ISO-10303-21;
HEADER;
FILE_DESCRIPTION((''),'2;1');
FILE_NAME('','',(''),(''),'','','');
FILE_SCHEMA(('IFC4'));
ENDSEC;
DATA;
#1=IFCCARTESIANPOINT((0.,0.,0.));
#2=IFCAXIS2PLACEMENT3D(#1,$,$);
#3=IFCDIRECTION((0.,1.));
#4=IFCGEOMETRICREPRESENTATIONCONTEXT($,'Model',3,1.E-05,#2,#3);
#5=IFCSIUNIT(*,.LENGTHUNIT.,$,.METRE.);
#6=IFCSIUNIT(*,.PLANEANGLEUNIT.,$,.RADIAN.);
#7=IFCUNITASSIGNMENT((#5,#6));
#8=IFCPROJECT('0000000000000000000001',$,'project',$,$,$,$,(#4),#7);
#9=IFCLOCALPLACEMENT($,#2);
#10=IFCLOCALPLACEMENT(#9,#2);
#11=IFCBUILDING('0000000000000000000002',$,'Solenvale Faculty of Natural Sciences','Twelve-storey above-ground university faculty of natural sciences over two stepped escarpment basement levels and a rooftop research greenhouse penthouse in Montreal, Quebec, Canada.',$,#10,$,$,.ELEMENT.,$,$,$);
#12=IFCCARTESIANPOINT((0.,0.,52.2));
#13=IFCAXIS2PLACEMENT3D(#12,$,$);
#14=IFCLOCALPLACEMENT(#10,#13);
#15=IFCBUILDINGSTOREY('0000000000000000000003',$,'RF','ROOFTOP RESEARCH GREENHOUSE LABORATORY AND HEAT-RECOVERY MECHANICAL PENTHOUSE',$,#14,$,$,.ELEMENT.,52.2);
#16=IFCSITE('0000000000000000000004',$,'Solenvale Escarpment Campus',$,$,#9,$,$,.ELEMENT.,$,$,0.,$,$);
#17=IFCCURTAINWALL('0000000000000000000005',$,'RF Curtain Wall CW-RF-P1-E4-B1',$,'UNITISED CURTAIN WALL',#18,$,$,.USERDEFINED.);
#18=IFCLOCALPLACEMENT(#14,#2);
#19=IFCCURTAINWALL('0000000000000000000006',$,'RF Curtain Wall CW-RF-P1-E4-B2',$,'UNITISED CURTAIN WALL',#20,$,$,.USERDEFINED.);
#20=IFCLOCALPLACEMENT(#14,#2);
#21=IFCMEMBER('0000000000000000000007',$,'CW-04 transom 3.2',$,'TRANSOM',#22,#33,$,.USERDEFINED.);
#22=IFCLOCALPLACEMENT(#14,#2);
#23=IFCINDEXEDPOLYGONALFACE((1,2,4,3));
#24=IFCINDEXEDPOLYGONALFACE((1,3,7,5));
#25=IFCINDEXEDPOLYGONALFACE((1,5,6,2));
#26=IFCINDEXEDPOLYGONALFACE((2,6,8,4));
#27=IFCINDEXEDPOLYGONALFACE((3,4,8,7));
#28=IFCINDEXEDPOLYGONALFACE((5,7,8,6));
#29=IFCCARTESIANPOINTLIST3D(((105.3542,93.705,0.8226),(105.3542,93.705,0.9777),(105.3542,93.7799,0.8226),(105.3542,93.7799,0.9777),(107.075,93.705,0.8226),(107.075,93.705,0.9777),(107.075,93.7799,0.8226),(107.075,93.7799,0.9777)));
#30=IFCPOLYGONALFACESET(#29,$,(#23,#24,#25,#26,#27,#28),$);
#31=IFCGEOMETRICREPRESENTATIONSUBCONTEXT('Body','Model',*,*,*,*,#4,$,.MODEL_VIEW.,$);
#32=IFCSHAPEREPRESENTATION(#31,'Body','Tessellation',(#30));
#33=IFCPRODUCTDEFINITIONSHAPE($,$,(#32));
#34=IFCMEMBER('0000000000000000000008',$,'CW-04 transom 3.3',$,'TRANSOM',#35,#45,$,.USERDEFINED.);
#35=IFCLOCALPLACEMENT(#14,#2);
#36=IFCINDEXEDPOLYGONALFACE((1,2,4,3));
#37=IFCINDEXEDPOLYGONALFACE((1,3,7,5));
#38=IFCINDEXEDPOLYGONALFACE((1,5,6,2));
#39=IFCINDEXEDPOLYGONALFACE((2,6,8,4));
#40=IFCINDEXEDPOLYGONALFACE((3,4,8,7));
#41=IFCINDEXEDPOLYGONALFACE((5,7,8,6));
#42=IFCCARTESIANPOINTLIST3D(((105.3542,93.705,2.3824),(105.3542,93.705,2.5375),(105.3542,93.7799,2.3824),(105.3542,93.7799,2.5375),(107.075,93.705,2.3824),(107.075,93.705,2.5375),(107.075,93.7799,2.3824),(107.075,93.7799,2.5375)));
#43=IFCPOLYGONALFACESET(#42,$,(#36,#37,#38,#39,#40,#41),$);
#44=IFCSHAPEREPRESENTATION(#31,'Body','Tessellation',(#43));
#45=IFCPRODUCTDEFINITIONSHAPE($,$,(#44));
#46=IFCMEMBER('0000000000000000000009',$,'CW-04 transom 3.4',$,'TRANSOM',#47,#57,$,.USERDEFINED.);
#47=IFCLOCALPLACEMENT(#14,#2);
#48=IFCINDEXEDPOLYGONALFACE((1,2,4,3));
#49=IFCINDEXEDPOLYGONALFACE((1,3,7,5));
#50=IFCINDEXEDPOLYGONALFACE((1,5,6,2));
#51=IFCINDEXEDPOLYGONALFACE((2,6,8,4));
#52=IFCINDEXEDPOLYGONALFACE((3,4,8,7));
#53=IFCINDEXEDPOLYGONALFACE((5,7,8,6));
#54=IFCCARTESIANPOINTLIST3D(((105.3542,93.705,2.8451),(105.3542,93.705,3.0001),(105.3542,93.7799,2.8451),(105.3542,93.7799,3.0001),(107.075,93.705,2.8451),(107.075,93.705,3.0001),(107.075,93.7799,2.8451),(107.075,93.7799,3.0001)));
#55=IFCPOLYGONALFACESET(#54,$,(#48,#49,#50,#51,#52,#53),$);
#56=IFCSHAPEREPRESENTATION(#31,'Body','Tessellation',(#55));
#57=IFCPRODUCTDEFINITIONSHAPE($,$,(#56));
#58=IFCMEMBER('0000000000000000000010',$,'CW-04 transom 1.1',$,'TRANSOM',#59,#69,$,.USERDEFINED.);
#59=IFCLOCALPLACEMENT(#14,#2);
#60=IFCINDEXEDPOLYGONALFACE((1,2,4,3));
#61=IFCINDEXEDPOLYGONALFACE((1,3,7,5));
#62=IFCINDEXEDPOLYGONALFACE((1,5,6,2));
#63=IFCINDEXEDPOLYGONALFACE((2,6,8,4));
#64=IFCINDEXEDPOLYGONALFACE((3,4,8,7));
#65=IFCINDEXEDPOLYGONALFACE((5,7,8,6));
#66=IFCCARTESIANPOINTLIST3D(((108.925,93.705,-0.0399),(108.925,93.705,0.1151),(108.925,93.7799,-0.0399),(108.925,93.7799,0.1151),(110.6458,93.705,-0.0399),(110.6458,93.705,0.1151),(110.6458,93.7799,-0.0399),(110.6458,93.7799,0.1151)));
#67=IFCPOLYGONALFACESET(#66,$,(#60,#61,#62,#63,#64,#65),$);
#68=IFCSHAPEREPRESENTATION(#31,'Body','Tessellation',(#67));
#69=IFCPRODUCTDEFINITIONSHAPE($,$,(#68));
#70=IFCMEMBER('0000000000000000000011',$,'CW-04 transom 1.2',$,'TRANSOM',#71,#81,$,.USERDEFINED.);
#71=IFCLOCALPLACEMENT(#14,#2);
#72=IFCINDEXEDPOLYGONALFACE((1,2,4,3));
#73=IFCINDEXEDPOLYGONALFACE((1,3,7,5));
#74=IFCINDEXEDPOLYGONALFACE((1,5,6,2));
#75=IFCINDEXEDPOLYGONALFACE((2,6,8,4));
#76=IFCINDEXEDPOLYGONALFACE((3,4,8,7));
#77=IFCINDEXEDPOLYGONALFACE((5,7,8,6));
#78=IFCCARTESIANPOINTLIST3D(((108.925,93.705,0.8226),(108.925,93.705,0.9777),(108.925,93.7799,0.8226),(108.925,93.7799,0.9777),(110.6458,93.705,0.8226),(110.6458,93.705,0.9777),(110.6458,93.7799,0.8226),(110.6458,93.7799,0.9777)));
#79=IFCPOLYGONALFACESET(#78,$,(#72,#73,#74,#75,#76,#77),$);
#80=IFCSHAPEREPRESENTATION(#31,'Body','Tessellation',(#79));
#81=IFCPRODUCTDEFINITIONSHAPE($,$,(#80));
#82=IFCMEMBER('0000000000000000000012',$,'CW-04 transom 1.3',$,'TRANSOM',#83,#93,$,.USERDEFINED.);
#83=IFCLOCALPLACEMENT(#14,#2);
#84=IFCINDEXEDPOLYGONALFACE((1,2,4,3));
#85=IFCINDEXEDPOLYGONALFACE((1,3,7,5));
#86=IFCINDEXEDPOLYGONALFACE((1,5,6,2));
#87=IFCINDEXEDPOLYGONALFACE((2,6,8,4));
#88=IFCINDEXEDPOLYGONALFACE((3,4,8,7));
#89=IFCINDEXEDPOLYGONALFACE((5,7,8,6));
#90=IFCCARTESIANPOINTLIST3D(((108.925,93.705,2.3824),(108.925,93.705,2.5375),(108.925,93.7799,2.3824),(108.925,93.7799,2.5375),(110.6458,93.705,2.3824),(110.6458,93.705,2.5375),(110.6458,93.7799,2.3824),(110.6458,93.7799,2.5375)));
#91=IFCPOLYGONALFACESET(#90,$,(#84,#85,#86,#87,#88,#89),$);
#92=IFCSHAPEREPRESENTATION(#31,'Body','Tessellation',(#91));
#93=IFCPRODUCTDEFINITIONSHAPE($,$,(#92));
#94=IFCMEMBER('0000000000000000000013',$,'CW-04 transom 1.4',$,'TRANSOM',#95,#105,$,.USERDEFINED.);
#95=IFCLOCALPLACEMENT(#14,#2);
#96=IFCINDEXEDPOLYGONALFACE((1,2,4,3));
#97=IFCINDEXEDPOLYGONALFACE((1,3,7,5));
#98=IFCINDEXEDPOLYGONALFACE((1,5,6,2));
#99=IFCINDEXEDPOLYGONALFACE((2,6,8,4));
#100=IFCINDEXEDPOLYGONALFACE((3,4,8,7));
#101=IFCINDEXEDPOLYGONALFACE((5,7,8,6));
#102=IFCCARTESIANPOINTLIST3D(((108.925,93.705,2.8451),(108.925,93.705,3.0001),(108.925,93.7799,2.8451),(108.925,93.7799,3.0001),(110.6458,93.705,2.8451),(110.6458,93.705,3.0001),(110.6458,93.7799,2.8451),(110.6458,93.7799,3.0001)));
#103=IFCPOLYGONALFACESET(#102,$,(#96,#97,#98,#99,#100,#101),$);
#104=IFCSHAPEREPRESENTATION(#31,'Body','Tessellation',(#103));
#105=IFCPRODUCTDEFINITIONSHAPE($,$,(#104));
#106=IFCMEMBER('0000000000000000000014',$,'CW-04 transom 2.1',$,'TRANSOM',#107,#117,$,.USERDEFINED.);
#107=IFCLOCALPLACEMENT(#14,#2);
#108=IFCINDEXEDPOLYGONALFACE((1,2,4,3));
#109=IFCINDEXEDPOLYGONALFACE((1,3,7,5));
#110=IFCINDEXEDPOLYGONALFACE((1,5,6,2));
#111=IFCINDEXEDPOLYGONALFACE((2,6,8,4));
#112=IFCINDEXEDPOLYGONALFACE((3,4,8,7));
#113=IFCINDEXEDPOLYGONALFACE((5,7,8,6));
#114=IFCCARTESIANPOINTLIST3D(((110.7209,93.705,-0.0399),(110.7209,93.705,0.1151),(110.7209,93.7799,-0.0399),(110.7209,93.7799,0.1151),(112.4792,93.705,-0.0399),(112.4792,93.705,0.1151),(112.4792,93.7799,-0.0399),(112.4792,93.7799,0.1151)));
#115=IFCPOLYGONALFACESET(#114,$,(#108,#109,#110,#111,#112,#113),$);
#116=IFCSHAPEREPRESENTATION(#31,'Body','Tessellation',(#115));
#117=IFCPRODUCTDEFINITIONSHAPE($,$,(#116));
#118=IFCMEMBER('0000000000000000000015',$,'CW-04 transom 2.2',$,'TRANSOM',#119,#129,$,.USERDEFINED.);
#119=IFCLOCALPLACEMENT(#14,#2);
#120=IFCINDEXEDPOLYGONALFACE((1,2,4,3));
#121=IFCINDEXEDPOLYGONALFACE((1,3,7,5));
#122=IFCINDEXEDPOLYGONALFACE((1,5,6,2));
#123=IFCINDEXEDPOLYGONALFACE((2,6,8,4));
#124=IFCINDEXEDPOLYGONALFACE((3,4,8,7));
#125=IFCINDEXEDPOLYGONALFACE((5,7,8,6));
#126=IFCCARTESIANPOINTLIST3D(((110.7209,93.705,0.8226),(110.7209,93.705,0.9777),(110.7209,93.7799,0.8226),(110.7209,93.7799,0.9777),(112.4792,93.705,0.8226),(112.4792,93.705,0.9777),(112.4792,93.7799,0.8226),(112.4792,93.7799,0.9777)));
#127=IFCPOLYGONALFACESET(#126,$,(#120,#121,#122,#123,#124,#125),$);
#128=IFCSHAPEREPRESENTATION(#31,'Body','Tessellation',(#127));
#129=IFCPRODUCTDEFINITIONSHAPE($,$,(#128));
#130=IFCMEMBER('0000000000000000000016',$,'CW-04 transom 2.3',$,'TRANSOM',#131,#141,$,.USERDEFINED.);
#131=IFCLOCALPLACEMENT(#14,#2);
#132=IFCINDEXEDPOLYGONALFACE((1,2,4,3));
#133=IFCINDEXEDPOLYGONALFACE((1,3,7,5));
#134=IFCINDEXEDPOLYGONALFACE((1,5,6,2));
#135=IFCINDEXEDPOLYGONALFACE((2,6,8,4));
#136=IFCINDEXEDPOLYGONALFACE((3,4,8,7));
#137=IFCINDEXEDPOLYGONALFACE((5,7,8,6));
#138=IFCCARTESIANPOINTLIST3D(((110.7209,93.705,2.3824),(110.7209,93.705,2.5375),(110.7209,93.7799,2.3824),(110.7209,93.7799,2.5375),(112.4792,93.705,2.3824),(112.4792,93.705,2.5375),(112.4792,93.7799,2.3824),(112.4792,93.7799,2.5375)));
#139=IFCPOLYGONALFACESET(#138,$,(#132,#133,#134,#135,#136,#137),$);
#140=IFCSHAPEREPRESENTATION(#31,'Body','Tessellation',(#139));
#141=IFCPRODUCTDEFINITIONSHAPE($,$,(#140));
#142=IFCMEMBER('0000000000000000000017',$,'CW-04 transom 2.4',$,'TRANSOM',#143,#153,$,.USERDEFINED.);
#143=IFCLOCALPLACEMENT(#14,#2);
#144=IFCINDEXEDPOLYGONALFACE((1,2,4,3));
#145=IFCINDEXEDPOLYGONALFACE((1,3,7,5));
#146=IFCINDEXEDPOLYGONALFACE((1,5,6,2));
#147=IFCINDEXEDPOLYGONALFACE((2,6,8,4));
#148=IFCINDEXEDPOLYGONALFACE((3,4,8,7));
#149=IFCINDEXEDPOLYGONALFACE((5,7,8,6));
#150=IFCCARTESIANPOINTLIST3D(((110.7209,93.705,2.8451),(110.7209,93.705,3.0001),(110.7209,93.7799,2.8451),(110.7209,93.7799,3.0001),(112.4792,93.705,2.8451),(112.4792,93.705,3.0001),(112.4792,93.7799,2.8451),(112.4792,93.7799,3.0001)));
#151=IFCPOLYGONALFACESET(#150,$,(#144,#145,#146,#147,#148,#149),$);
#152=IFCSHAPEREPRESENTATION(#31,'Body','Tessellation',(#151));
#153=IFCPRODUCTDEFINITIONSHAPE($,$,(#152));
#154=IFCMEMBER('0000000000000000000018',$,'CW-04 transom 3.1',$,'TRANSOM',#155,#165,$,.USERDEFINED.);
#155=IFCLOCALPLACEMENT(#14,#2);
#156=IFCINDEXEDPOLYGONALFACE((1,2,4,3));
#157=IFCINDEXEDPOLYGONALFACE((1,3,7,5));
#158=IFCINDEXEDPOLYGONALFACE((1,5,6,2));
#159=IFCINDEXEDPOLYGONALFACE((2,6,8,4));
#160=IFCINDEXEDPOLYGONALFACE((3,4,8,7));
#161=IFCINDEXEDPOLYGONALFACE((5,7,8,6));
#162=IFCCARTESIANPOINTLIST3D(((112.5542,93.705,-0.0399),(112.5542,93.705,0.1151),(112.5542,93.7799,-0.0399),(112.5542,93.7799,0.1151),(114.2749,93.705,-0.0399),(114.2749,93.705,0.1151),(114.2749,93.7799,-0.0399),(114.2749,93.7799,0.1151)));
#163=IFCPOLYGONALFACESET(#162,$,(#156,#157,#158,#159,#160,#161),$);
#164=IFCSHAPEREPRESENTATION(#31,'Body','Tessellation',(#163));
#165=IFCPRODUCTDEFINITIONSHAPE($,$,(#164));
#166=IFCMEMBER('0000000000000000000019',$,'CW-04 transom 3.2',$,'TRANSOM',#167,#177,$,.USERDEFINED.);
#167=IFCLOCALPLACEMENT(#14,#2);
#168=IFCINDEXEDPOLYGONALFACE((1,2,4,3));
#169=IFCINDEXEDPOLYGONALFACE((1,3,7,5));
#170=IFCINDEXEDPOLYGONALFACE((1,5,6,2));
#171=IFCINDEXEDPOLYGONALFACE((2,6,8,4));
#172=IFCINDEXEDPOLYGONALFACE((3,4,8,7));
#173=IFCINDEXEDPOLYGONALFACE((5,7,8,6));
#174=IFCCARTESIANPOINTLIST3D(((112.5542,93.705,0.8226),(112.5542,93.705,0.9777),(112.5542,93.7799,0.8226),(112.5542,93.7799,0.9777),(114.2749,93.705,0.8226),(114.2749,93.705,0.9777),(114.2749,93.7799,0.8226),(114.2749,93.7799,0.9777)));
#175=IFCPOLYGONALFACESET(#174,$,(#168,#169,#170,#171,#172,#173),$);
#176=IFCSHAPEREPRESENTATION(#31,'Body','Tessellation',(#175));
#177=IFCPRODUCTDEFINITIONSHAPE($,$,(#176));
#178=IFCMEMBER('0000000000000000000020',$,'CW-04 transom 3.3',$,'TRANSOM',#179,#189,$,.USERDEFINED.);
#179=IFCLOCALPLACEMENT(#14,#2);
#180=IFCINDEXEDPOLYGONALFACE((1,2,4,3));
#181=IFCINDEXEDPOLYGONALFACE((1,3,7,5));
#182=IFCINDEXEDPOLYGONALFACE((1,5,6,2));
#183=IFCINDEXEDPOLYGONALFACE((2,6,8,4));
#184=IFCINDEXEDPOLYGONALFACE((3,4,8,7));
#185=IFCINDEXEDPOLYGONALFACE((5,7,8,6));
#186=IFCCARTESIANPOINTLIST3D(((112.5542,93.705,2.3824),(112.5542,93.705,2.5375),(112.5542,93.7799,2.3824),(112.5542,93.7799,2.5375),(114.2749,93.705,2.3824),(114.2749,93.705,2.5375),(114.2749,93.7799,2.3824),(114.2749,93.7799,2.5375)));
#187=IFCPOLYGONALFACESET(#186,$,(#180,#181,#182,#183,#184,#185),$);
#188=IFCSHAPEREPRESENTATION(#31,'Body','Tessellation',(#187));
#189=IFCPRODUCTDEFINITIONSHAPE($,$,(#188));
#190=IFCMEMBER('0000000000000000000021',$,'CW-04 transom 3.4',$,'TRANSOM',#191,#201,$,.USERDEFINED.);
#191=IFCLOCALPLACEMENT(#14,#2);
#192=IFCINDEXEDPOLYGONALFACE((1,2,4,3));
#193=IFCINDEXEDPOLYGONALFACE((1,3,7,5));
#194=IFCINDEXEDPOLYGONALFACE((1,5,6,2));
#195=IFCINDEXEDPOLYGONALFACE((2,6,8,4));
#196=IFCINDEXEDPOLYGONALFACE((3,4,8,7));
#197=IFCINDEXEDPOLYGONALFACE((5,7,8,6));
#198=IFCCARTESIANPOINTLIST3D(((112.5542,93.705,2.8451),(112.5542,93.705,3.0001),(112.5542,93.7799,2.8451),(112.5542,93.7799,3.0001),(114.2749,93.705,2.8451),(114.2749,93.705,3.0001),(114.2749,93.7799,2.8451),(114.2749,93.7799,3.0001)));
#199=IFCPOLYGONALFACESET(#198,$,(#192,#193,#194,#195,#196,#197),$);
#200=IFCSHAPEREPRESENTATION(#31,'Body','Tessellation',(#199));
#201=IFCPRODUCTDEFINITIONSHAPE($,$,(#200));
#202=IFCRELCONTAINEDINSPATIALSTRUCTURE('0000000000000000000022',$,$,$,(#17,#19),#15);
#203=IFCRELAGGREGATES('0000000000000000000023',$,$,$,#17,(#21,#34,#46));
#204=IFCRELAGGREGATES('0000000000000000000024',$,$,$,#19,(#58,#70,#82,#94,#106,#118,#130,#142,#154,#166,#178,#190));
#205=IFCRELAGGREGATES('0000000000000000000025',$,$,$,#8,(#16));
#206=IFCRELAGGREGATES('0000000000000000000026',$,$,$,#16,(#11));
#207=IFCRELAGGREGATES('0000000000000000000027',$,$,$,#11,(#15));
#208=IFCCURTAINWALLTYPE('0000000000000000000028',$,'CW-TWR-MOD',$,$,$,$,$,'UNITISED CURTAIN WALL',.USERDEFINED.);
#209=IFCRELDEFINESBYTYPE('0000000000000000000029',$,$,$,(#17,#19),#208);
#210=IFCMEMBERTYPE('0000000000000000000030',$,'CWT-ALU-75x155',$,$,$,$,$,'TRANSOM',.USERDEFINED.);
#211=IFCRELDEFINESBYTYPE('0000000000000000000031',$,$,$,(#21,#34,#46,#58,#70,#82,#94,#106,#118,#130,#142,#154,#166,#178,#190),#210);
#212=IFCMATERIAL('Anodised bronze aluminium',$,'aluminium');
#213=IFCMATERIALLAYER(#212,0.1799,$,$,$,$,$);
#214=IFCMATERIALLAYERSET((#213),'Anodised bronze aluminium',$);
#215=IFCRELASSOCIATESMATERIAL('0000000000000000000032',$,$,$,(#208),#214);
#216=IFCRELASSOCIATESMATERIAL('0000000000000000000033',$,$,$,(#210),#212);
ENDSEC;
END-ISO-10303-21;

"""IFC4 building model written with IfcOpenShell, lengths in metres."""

from ifc_helpers import new_model, si_unit, direction, frame, origin, origin_2d, place, context, subcontext, project, spatial, rectangle, extrude, material, layer, layer_set, material_profile, profile_set, type_object, element, aggregate, save


model = new_model("IFC4")

# Units and contexts
model_context = context("Model", 3, precision=1e-05, world=origin(), true_north=direction((0.0, 1.0)))
body_context = subcontext(model_context, "Body", "Model", "MODEL_VIEW")
ifc_project = project(units=[si_unit("LENGTHUNIT", "METRE"), si_unit("PLANEANGLEUNIT", "RADIAN")], contexts=[model_context])

# Site, building, storey
site_placement = place(None, origin())
site = spatial("IfcSite", under=ifc_project, at=site_placement, Name="Solenvale Escarpment Campus", CompositionType="ELEMENT", RefElevation=0.0)
building_placement = place(site_placement, origin())
building = spatial("IfcBuilding", under=site, at=building_placement, Name="Solenvale Faculty of Natural Sciences", Description="Twelve-storey above-ground university faculty of natural sciences over two stepped escarpment basement levels and a rooftop research greenhouse penthouse in Montreal, Quebec, Canada.", CompositionType="ELEMENT")
storey_placement = place(building_placement, frame((0.0, 0.0, 52.2)))
storey = spatial("IfcBuildingStorey", under=building, at=storey_placement, Name="RF", Description="ROOFTOP RESEARCH GREENHOUSE LABORATORY AND HEAT-RECOVERY MECHANICAL PENTHOUSE", CompositionType="ELEMENT", Elevation=52.2)

# Curtain walls
ifc_material_1 = material(Name="Anodised bronze aluminium", Category="aluminium")
ifc_layer_1 = layer(ifc_material_1, 0.1799)
ifc_layer_set_1 = layer_set([ifc_layer_1], Name="Anodised bronze aluminium")
curtain_wall_type = type_object("IfcCurtainWallType", Name="CW-TWR-MOD", ElementType="UNITISED CURTAIN WALL", PredefinedType="USERDEFINED", material=ifc_layer_set_1)
curtain_wall_1_placement = place(storey_placement, origin())
curtain_wall_1 = element("IfcCurtainWall", 1, at=curtain_wall_1_placement, inside=storey, type_object=curtain_wall_type, Name="RF Curtain Wall CW-RF-P1-E4-B1", ObjectType="UNITISED CURTAIN WALL", PredefinedType="USERDEFINED")
curtain_wall_2_placement = place(storey_placement, origin())
curtain_wall_2 = element("IfcCurtainWall", 2, at=curtain_wall_2_placement, inside=storey, type_object=curtain_wall_type, Name="RF Curtain Wall CW-RF-P1-E4-B2", ObjectType="UNITISED CURTAIN WALL", PredefinedType="USERDEFINED")

# Members
ifc_material_profile_1 = material_profile(ifc_material_1, rectangle(XDim=0.075, YDim=0.155, at=origin_2d()), Name="ALU-TRN-75x155")
ifc_profile_set_1 = profile_set([ifc_material_profile_1], Name="Anodised bronze aluminium")
member_type_1 = type_object("IfcMemberType", Name="CWT-ALU-75x155", ElementType="TRANSOM", PredefinedType="USERDEFINED", material=ifc_profile_set_1)
member_1_placement = place(storey_placement, frame((105.3542, 93.7424, 0.9001), z_axis=(1.0, 0.0, 0.0), x_axis=(0.0, 1.0, 0.0)))
member_1 = element("IfcMember", 3, at=member_1_placement, type_object=member_type_1, Name="CW-04 transom 3.2", ObjectType="TRANSOM", PredefinedType="USERDEFINED", context=body_context, shape_type="SweptSolid", body=[
    extrude(rectangle(XDim=0.075, YDim=0.155, at=origin_2d()), origin(), (0.0, 0.0, 1.0), 1.7207),
])
member_2_placement = place(storey_placement, frame((105.3542, 93.7424, 2.46), z_axis=(1.0, 0.0, 0.0), x_axis=(0.0, 1.0, 0.0)))
member_2 = element("IfcMember", 4, at=member_2_placement, type_object=member_type_1, Name="CW-04 transom 3.3", ObjectType="TRANSOM", PredefinedType="USERDEFINED", context=body_context, shape_type="SweptSolid", body=[
    extrude(rectangle(XDim=0.075, YDim=0.155, at=origin_2d()), origin(), (0.0, 0.0, 1.0), 1.7207),
])
member_3_placement = place(storey_placement, frame((105.3542, 93.7424, 2.9226), z_axis=(1.0, 0.0, 0.0), x_axis=(0.0, 1.0, 0.0)))
member_3 = element("IfcMember", 5, at=member_3_placement, type_object=member_type_1, Name="CW-04 transom 3.4", ObjectType="TRANSOM", PredefinedType="USERDEFINED", context=body_context, shape_type="SweptSolid", body=[
    extrude(rectangle(XDim=0.075, YDim=0.155, at=origin_2d()), origin(), (0.0, 0.0, 1.0), 1.7207),
])
member_4_placement = place(storey_placement, frame((108.925, 93.7424, 0.0376), z_axis=(1.0, 0.0, 0.0), x_axis=(0.0, 1.0, 0.0)))
member_4 = element("IfcMember", 6, at=member_4_placement, type_object=member_type_1, Name="CW-04 transom 1.1", ObjectType="TRANSOM", PredefinedType="USERDEFINED", context=body_context, shape_type="SweptSolid", body=[
    extrude(rectangle(XDim=0.075, YDim=0.155, at=origin_2d()), origin(), (0.0, 0.0, 1.0), 1.7207),
])
member_5_placement = place(storey_placement, frame((108.925, 93.7424, 0.9001), z_axis=(1.0, 0.0, 0.0), x_axis=(0.0, 1.0, 0.0)))
member_5 = element("IfcMember", 7, at=member_5_placement, type_object=member_type_1, Name="CW-04 transom 1.2", ObjectType="TRANSOM", PredefinedType="USERDEFINED", context=body_context, shape_type="SweptSolid", body=[
    extrude(rectangle(XDim=0.075, YDim=0.155, at=origin_2d()), origin(), (0.0, 0.0, 1.0), 1.7207),
])
member_6_placement = place(storey_placement, frame((108.925, 93.7424, 2.46), z_axis=(1.0, 0.0, 0.0), x_axis=(0.0, 1.0, 0.0)))
member_6 = element("IfcMember", 8, at=member_6_placement, type_object=member_type_1, Name="CW-04 transom 1.3", ObjectType="TRANSOM", PredefinedType="USERDEFINED", context=body_context, shape_type="SweptSolid", body=[
    extrude(rectangle(XDim=0.075, YDim=0.155, at=origin_2d()), origin(), (0.0, 0.0, 1.0), 1.7207),
])
member_7_placement = place(storey_placement, frame((108.925, 93.7424, 2.9226), z_axis=(1.0, 0.0, 0.0), x_axis=(0.0, 1.0, 0.0)))
member_7 = element("IfcMember", 9, at=member_7_placement, type_object=member_type_1, Name="CW-04 transom 1.4", ObjectType="TRANSOM", PredefinedType="USERDEFINED", context=body_context, shape_type="SweptSolid", body=[
    extrude(rectangle(XDim=0.075, YDim=0.155, at=origin_2d()), origin(), (0.0, 0.0, 1.0), 1.7207),
])
member_8_placement = place(storey_placement, frame((110.7209, 93.7424, 0.0376), z_axis=(1.0, 0.0, 0.0), x_axis=(0.0, 1.0, 0.0)))
member_8 = element("IfcMember", 10, at=member_8_placement, type_object=member_type_1, Name="CW-04 transom 2.1", ObjectType="TRANSOM", PredefinedType="USERDEFINED", context=body_context, shape_type="SweptSolid", body=[
    extrude(rectangle(XDim=0.075, YDim=0.155, at=origin_2d()), origin(), (0.0, 0.0, 1.0), 1.7583),
])
member_9_placement = place(storey_placement, frame((110.7209, 93.7424, 0.9001), z_axis=(1.0, 0.0, 0.0), x_axis=(0.0, 1.0, 0.0)))
member_9 = element("IfcMember", 11, at=member_9_placement, type_object=member_type_1, Name="CW-04 transom 2.2", ObjectType="TRANSOM", PredefinedType="USERDEFINED", context=body_context, shape_type="SweptSolid", body=[
    extrude(rectangle(XDim=0.075, YDim=0.155, at=origin_2d()), origin(), (0.0, 0.0, 1.0), 1.7583),
])
member_10_placement = place(storey_placement, frame((110.7209, 93.7424, 2.46), z_axis=(1.0, 0.0, 0.0), x_axis=(0.0, 1.0, 0.0)))
member_10 = element("IfcMember", 12, at=member_10_placement, type_object=member_type_1, Name="CW-04 transom 2.3", ObjectType="TRANSOM", PredefinedType="USERDEFINED", context=body_context, shape_type="SweptSolid", body=[
    extrude(rectangle(XDim=0.075, YDim=0.155, at=origin_2d()), origin(), (0.0, 0.0, 1.0), 1.7583),
])
member_11_placement = place(storey_placement, frame((110.7209, 93.7424, 2.9226), z_axis=(1.0, 0.0, 0.0), x_axis=(0.0, 1.0, 0.0)))
member_11 = element("IfcMember", 13, at=member_11_placement, type_object=member_type_1, Name="CW-04 transom 2.4", ObjectType="TRANSOM", PredefinedType="USERDEFINED", context=body_context, shape_type="SweptSolid", body=[
    extrude(rectangle(XDim=0.075, YDim=0.155, at=origin_2d()), origin(), (0.0, 0.0, 1.0), 1.7583),
])
member_12_placement = place(storey_placement, frame((112.5542, 93.7424, 0.0376), z_axis=(1.0, 0.0, 0.0), x_axis=(0.0, 1.0, 0.0)))
member_12 = element("IfcMember", 14, at=member_12_placement, type_object=member_type_1, Name="CW-04 transom 3.1", ObjectType="TRANSOM", PredefinedType="USERDEFINED", context=body_context, shape_type="SweptSolid", body=[
    extrude(rectangle(XDim=0.075, YDim=0.155, at=origin_2d()), origin(), (0.0, 0.0, 1.0), 1.7207),
])
member_13_placement = place(storey_placement, frame((112.5542, 93.7424, 0.9001), z_axis=(1.0, 0.0, 0.0), x_axis=(0.0, 1.0, 0.0)))
member_13 = element("IfcMember", 15, at=member_13_placement, type_object=member_type_1, Name="CW-04 transom 3.2", ObjectType="TRANSOM", PredefinedType="USERDEFINED", context=body_context, shape_type="SweptSolid", body=[
    extrude(rectangle(XDim=0.075, YDim=0.155, at=origin_2d()), origin(), (0.0, 0.0, 1.0), 1.7207),
])
member_14_placement = place(storey_placement, frame((112.5542, 93.7424, 2.46), z_axis=(1.0, 0.0, 0.0), x_axis=(0.0, 1.0, 0.0)))
member_14 = element("IfcMember", 16, at=member_14_placement, type_object=member_type_1, Name="CW-04 transom 3.3", ObjectType="TRANSOM", PredefinedType="USERDEFINED", context=body_context, shape_type="SweptSolid", body=[
    extrude(rectangle(XDim=0.075, YDim=0.155, at=origin_2d()), origin(), (0.0, 0.0, 1.0), 1.7207),
])
member_15_placement = place(storey_placement, frame((112.5542, 93.7424, 2.9226), z_axis=(1.0, 0.0, 0.0), x_axis=(0.0, 1.0, 0.0)))
member_15 = element("IfcMember", 17, at=member_15_placement, type_object=member_type_1, Name="CW-04 transom 3.4", ObjectType="TRANSOM", PredefinedType="USERDEFINED", context=body_context, shape_type="SweptSolid", body=[
    extrude(rectangle(XDim=0.075, YDim=0.155, at=origin_2d()), origin(), (0.0, 0.0, 1.0), 1.7207),
])

aggregate(curtain_wall_1, [member_1, member_2, member_3])
aggregate(curtain_wall_2, [member_4, member_5, member_6, member_7, member_8, member_9, member_10, member_11, member_12, member_13, member_14, member_15])

save(model, "model.ifc")
